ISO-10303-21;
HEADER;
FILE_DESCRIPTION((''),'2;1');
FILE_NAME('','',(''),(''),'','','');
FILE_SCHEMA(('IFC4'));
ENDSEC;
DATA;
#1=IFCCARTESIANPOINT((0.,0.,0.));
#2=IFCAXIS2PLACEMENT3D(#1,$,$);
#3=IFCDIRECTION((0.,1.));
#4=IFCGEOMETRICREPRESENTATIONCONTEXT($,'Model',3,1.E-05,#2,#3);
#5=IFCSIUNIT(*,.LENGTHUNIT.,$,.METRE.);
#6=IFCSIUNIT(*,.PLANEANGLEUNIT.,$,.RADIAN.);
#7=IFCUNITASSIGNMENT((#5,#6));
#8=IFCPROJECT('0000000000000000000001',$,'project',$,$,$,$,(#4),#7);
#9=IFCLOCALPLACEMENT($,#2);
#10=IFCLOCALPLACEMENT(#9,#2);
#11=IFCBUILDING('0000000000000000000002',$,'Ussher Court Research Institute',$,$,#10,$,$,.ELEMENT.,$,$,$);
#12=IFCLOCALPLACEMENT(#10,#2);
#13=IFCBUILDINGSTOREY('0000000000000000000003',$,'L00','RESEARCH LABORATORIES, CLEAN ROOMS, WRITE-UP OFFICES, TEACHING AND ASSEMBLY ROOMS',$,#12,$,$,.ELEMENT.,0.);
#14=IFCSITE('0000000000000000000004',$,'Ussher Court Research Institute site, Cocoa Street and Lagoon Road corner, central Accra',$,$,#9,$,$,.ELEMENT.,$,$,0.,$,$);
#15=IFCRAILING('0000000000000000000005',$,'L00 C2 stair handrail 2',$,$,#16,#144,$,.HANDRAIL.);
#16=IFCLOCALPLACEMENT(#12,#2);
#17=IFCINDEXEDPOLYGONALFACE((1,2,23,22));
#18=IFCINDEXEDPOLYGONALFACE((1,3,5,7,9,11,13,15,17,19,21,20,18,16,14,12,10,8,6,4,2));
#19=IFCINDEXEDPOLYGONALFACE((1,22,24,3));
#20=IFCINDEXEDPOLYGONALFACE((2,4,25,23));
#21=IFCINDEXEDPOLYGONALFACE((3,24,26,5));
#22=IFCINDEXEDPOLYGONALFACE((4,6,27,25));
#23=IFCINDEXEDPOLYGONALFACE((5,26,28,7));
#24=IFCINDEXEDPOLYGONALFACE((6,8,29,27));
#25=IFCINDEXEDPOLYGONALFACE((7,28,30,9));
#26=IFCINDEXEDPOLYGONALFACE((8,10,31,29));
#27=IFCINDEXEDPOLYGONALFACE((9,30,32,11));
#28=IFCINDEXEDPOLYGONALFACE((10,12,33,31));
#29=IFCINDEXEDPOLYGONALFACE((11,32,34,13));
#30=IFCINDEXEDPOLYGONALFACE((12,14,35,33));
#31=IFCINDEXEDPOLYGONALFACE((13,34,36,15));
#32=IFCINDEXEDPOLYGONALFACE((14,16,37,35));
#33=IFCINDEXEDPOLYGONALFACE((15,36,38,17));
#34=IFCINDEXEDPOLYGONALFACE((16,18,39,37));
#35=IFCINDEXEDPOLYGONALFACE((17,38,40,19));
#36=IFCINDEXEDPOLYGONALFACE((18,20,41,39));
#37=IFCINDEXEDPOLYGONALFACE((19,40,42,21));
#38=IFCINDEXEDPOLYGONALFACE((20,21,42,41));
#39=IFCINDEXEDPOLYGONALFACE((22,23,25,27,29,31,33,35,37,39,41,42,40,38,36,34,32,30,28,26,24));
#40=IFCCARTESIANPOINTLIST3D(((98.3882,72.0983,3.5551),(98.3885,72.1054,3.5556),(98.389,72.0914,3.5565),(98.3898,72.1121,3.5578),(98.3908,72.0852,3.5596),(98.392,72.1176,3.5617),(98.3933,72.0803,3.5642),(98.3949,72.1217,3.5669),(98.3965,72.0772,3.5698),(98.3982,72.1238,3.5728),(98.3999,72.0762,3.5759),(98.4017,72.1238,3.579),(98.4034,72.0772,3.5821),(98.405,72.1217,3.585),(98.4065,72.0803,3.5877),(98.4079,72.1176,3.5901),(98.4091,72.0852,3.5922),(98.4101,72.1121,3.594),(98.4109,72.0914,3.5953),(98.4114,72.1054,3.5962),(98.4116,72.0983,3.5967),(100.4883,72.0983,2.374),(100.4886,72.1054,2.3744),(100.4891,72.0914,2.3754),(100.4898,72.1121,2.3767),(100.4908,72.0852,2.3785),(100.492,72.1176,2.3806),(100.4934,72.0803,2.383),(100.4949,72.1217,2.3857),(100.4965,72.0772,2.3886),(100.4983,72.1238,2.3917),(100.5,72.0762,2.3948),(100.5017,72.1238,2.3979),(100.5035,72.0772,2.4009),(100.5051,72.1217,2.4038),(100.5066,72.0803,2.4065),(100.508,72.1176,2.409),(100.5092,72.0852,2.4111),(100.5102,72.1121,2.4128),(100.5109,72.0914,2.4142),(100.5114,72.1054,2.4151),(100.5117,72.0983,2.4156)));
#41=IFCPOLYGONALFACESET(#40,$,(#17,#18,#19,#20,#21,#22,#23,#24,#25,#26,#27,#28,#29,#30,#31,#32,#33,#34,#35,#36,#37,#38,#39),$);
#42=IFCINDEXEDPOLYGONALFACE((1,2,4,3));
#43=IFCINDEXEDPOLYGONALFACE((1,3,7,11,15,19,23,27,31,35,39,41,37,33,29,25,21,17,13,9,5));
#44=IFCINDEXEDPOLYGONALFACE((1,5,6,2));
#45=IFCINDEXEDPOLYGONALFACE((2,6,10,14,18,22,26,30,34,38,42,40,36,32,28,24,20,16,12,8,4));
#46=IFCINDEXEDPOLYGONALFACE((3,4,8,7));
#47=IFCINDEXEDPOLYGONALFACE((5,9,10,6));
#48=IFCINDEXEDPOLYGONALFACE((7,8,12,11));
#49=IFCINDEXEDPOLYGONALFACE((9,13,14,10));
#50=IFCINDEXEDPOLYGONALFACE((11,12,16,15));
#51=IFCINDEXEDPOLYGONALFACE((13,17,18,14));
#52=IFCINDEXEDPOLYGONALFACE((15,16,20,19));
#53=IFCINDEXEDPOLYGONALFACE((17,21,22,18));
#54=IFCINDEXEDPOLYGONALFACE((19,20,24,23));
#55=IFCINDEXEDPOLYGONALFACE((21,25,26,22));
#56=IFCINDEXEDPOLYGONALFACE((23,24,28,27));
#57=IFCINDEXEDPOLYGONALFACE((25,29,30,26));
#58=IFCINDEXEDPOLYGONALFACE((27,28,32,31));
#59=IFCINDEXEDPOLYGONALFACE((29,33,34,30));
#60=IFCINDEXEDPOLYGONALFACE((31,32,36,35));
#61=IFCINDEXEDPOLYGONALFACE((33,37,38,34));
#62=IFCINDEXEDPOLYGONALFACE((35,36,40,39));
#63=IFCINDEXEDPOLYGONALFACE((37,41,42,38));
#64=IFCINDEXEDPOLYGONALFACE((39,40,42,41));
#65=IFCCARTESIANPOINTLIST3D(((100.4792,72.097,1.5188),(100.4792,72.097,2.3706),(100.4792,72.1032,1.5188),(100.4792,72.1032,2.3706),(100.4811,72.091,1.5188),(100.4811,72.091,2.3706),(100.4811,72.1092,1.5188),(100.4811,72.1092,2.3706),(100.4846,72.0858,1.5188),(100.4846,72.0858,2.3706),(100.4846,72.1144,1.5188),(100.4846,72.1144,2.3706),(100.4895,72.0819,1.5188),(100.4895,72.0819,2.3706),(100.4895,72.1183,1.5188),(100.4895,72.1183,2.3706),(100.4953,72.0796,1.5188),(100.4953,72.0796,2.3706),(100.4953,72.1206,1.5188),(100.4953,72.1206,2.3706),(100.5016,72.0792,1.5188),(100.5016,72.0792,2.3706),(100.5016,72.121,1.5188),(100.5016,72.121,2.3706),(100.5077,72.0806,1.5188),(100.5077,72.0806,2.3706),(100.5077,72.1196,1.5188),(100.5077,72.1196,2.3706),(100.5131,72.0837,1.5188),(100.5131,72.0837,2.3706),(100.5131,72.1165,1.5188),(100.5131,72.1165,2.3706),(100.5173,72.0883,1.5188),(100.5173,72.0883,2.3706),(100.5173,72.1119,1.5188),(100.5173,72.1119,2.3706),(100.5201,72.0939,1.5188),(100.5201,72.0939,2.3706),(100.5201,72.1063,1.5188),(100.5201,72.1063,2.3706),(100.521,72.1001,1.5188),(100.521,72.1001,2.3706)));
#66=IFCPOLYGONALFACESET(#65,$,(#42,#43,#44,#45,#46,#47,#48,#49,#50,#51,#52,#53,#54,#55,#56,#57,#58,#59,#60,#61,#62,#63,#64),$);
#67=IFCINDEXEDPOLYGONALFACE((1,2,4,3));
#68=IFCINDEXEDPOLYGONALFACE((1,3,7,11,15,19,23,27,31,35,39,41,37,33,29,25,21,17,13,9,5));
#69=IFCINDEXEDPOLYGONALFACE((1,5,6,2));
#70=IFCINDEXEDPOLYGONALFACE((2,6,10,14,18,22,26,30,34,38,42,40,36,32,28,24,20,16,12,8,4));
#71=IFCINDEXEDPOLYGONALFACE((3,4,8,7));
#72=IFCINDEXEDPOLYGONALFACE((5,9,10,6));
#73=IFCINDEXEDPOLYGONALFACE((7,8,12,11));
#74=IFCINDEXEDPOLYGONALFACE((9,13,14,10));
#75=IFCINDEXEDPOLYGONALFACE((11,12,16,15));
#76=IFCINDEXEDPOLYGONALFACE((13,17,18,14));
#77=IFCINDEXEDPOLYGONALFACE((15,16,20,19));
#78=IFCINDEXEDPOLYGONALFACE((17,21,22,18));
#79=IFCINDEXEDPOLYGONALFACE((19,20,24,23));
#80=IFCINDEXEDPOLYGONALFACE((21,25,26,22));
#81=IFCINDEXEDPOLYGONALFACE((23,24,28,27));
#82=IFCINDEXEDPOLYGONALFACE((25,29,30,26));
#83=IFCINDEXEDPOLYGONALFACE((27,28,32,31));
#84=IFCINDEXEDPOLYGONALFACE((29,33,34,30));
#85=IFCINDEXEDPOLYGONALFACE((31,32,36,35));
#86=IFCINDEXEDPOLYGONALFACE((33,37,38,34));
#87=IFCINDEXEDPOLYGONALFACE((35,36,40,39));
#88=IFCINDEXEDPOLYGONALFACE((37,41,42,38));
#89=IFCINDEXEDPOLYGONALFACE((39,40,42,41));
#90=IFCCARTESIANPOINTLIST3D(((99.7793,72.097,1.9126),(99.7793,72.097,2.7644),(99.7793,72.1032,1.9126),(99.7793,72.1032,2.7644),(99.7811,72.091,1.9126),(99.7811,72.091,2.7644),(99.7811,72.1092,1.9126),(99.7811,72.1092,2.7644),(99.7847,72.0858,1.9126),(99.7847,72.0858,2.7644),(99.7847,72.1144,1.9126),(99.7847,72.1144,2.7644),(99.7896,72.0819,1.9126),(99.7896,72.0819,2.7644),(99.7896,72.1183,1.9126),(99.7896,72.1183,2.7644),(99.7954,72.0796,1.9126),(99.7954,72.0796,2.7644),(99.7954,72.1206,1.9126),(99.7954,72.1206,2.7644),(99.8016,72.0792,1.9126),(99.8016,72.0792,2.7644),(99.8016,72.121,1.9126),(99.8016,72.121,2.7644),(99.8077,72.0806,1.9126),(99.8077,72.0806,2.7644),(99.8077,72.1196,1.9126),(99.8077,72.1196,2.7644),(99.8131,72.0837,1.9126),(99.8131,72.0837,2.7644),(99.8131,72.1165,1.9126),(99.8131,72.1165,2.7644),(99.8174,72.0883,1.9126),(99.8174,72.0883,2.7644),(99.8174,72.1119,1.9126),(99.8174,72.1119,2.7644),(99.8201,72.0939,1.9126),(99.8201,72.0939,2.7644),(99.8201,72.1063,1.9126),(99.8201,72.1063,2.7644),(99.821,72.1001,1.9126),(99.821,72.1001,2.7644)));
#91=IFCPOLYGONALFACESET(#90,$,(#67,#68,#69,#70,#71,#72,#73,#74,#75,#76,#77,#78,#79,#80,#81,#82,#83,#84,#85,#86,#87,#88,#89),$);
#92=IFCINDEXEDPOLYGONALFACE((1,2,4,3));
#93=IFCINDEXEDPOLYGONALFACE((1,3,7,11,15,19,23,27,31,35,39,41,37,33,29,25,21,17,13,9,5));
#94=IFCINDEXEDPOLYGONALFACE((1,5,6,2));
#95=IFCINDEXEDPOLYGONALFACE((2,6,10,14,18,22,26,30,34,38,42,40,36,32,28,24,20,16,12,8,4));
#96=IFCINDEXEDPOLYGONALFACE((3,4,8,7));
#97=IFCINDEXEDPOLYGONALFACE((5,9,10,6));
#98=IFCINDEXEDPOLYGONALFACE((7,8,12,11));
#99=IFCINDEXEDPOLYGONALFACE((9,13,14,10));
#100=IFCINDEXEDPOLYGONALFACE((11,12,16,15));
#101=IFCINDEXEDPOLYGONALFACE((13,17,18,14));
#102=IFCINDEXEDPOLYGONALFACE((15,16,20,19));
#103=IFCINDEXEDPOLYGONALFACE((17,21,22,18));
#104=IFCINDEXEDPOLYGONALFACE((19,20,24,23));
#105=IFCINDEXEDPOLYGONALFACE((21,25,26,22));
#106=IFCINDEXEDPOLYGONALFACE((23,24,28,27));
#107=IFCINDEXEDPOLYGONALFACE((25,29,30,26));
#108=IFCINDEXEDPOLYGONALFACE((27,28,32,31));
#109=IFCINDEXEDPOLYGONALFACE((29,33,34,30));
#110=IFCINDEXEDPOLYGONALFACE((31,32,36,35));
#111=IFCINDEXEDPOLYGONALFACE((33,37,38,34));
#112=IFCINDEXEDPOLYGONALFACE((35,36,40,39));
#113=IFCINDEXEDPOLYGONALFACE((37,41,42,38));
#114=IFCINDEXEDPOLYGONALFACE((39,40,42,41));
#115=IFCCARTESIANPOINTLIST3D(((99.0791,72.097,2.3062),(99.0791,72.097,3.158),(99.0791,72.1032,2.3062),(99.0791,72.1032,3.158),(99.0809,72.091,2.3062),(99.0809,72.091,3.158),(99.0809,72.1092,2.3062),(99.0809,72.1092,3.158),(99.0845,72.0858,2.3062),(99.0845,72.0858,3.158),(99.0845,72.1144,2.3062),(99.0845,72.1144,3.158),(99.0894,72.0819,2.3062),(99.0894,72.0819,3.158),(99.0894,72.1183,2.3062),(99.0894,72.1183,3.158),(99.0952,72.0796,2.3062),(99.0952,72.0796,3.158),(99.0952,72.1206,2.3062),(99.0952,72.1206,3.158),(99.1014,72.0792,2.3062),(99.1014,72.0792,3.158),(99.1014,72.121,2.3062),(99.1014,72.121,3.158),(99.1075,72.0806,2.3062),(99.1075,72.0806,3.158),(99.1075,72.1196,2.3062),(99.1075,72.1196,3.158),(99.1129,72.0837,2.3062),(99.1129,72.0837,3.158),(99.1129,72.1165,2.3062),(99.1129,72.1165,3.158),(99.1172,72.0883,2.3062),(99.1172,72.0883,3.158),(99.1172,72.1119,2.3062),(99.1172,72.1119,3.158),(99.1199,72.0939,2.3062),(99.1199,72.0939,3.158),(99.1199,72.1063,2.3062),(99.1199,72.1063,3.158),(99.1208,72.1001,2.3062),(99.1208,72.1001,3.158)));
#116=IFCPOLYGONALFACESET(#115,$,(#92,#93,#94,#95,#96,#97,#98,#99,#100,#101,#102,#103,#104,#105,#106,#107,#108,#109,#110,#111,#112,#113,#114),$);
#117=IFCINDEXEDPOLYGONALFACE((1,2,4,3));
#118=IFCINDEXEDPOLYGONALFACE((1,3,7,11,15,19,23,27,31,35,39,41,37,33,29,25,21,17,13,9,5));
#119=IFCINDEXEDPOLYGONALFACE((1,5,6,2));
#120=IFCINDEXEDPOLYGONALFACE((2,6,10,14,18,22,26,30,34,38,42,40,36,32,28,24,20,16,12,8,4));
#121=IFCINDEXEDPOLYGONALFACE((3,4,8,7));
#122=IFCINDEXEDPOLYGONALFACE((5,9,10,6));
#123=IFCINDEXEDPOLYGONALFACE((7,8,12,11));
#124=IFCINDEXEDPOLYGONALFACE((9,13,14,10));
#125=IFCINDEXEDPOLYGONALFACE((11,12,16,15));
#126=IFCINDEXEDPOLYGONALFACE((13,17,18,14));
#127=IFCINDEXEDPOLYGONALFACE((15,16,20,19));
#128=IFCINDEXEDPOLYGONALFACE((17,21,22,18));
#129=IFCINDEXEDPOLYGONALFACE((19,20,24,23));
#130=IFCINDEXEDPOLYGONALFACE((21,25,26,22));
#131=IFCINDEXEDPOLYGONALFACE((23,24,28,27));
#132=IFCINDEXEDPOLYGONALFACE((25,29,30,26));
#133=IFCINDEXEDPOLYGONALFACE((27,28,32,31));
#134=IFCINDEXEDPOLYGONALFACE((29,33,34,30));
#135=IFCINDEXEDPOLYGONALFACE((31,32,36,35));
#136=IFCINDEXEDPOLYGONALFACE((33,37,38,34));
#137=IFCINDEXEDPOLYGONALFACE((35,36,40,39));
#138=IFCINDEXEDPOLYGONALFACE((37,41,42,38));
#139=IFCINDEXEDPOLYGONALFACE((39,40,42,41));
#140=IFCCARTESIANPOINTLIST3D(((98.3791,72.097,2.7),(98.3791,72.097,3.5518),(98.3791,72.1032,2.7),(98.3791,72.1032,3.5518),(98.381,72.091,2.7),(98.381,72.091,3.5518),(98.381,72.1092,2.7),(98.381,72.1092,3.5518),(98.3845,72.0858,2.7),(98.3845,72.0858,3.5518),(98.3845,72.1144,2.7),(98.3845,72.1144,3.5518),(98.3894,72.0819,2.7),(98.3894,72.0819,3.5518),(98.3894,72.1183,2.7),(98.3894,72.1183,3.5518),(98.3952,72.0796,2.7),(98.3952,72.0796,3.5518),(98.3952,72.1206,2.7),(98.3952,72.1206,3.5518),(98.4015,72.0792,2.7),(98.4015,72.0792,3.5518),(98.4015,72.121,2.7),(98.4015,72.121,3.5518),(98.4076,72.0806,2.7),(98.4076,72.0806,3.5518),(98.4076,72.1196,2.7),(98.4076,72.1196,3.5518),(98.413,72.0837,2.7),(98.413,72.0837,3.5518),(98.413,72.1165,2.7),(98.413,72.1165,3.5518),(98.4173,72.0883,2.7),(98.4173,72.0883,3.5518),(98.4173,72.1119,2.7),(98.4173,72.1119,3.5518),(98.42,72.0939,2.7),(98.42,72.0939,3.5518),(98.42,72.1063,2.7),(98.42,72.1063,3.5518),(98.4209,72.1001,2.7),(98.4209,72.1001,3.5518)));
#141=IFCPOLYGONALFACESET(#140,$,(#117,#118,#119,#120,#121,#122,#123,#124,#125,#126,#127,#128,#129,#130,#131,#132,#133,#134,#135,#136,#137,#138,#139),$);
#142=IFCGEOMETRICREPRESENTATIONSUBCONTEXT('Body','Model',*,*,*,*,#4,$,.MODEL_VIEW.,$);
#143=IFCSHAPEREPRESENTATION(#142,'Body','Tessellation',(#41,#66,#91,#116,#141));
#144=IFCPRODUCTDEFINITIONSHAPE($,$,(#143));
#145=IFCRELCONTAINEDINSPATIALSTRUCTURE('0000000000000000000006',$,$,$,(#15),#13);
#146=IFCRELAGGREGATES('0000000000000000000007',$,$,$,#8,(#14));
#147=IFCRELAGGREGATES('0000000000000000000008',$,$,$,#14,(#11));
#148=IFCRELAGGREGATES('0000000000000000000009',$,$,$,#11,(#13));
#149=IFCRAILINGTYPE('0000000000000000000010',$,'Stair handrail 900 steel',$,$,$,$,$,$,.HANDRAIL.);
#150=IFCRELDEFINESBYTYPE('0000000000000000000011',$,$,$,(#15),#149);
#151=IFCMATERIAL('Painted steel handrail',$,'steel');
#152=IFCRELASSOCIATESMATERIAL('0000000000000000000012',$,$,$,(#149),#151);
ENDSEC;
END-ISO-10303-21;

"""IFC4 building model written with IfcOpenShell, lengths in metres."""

from ifc_helpers import new_model, si_unit, direction, frame, origin, origin_2d, place, context, subcontext, project, spatial, circle, extrude, material, type_object, element, save


model = new_model("IFC4")

# Units and contexts
model_context = context("Model", 3, precision=1e-05, world=origin(), true_north=direction((0.0, 1.0)))
body_context = subcontext(model_context, "Body", "Model", "MODEL_VIEW")
ifc_project = project(units=[si_unit("LENGTHUNIT", "METRE"), si_unit("PLANEANGLEUNIT", "RADIAN")], contexts=[model_context])

# Site, building, storey
site_placement = place(None, origin())
site = spatial("IfcSite", under=ifc_project, at=site_placement, Name="Ussher Court Research Institute site, Cocoa Street and Lagoon Road corner, central Accra", CompositionType="ELEMENT", RefElevation=0.0)
building_placement = place(site_placement, origin())
building = spatial("IfcBuilding", under=site, at=building_placement, Name="Ussher Court Research Institute", CompositionType="ELEMENT")
storey_placement = place(building_placement, origin())
storey = spatial("IfcBuildingStorey", under=building, at=storey_placement, Name="L00", Description="RESEARCH LABORATORIES, CLEAN ROOMS, WRITE-UP OFFICES, TEACHING AND ASSEMBLY ROOMS", CompositionType="ELEMENT", Elevation=0.0)

# Railing
ifc_material_1 = material(Name="Painted steel handrail", Category="steel")
railing_type_1 = type_object("IfcRailingType", Name="Stair handrail 900 steel", PredefinedType="HANDRAIL", material=ifc_material_1)
for number, where, name in (
    (1, (100.5, 72.1001, 1.5188), "L00 C2 stair handrail 2"),
):
    element("IfcRailing", number, at=place(storey_placement, frame(where)), inside=storey, type_object=railing_type_1, Name=name, PredefinedType="HANDRAIL", context=body_context, shape_type="SweptSolid", body=[
        extrude(circle(Radius=0.0239, at=origin_2d()), frame((0.0, 0.0, 0.876), z_axis=(-0.871603, 0.0, 0.490213), x_axis=(0.0, -1.0, 0.0)), (0.0, 0.0, 1.0), 2.4094),
        extrude(circle(Radius=0.021, at=origin_2d()), origin(), (0.0, 0.0, 1.0), 0.8518),
        extrude(circle(Radius=0.021, at=origin_2d()), frame((-0.7, 0.0, 0.3938)), (0.0, 0.0, 1.0), 0.8518),
        extrude(circle(Radius=0.021, at=origin_2d()), frame((-1.4001, 0.0, 0.7874)), (0.0, 0.0, 1.0), 0.8518),
        extrude(circle(Radius=0.021, at=origin_2d()), frame((-2.1001, 0.0, 1.1812)), (0.0, 0.0, 1.0), 0.8518),
    ])

save(model, "model.ifc")
